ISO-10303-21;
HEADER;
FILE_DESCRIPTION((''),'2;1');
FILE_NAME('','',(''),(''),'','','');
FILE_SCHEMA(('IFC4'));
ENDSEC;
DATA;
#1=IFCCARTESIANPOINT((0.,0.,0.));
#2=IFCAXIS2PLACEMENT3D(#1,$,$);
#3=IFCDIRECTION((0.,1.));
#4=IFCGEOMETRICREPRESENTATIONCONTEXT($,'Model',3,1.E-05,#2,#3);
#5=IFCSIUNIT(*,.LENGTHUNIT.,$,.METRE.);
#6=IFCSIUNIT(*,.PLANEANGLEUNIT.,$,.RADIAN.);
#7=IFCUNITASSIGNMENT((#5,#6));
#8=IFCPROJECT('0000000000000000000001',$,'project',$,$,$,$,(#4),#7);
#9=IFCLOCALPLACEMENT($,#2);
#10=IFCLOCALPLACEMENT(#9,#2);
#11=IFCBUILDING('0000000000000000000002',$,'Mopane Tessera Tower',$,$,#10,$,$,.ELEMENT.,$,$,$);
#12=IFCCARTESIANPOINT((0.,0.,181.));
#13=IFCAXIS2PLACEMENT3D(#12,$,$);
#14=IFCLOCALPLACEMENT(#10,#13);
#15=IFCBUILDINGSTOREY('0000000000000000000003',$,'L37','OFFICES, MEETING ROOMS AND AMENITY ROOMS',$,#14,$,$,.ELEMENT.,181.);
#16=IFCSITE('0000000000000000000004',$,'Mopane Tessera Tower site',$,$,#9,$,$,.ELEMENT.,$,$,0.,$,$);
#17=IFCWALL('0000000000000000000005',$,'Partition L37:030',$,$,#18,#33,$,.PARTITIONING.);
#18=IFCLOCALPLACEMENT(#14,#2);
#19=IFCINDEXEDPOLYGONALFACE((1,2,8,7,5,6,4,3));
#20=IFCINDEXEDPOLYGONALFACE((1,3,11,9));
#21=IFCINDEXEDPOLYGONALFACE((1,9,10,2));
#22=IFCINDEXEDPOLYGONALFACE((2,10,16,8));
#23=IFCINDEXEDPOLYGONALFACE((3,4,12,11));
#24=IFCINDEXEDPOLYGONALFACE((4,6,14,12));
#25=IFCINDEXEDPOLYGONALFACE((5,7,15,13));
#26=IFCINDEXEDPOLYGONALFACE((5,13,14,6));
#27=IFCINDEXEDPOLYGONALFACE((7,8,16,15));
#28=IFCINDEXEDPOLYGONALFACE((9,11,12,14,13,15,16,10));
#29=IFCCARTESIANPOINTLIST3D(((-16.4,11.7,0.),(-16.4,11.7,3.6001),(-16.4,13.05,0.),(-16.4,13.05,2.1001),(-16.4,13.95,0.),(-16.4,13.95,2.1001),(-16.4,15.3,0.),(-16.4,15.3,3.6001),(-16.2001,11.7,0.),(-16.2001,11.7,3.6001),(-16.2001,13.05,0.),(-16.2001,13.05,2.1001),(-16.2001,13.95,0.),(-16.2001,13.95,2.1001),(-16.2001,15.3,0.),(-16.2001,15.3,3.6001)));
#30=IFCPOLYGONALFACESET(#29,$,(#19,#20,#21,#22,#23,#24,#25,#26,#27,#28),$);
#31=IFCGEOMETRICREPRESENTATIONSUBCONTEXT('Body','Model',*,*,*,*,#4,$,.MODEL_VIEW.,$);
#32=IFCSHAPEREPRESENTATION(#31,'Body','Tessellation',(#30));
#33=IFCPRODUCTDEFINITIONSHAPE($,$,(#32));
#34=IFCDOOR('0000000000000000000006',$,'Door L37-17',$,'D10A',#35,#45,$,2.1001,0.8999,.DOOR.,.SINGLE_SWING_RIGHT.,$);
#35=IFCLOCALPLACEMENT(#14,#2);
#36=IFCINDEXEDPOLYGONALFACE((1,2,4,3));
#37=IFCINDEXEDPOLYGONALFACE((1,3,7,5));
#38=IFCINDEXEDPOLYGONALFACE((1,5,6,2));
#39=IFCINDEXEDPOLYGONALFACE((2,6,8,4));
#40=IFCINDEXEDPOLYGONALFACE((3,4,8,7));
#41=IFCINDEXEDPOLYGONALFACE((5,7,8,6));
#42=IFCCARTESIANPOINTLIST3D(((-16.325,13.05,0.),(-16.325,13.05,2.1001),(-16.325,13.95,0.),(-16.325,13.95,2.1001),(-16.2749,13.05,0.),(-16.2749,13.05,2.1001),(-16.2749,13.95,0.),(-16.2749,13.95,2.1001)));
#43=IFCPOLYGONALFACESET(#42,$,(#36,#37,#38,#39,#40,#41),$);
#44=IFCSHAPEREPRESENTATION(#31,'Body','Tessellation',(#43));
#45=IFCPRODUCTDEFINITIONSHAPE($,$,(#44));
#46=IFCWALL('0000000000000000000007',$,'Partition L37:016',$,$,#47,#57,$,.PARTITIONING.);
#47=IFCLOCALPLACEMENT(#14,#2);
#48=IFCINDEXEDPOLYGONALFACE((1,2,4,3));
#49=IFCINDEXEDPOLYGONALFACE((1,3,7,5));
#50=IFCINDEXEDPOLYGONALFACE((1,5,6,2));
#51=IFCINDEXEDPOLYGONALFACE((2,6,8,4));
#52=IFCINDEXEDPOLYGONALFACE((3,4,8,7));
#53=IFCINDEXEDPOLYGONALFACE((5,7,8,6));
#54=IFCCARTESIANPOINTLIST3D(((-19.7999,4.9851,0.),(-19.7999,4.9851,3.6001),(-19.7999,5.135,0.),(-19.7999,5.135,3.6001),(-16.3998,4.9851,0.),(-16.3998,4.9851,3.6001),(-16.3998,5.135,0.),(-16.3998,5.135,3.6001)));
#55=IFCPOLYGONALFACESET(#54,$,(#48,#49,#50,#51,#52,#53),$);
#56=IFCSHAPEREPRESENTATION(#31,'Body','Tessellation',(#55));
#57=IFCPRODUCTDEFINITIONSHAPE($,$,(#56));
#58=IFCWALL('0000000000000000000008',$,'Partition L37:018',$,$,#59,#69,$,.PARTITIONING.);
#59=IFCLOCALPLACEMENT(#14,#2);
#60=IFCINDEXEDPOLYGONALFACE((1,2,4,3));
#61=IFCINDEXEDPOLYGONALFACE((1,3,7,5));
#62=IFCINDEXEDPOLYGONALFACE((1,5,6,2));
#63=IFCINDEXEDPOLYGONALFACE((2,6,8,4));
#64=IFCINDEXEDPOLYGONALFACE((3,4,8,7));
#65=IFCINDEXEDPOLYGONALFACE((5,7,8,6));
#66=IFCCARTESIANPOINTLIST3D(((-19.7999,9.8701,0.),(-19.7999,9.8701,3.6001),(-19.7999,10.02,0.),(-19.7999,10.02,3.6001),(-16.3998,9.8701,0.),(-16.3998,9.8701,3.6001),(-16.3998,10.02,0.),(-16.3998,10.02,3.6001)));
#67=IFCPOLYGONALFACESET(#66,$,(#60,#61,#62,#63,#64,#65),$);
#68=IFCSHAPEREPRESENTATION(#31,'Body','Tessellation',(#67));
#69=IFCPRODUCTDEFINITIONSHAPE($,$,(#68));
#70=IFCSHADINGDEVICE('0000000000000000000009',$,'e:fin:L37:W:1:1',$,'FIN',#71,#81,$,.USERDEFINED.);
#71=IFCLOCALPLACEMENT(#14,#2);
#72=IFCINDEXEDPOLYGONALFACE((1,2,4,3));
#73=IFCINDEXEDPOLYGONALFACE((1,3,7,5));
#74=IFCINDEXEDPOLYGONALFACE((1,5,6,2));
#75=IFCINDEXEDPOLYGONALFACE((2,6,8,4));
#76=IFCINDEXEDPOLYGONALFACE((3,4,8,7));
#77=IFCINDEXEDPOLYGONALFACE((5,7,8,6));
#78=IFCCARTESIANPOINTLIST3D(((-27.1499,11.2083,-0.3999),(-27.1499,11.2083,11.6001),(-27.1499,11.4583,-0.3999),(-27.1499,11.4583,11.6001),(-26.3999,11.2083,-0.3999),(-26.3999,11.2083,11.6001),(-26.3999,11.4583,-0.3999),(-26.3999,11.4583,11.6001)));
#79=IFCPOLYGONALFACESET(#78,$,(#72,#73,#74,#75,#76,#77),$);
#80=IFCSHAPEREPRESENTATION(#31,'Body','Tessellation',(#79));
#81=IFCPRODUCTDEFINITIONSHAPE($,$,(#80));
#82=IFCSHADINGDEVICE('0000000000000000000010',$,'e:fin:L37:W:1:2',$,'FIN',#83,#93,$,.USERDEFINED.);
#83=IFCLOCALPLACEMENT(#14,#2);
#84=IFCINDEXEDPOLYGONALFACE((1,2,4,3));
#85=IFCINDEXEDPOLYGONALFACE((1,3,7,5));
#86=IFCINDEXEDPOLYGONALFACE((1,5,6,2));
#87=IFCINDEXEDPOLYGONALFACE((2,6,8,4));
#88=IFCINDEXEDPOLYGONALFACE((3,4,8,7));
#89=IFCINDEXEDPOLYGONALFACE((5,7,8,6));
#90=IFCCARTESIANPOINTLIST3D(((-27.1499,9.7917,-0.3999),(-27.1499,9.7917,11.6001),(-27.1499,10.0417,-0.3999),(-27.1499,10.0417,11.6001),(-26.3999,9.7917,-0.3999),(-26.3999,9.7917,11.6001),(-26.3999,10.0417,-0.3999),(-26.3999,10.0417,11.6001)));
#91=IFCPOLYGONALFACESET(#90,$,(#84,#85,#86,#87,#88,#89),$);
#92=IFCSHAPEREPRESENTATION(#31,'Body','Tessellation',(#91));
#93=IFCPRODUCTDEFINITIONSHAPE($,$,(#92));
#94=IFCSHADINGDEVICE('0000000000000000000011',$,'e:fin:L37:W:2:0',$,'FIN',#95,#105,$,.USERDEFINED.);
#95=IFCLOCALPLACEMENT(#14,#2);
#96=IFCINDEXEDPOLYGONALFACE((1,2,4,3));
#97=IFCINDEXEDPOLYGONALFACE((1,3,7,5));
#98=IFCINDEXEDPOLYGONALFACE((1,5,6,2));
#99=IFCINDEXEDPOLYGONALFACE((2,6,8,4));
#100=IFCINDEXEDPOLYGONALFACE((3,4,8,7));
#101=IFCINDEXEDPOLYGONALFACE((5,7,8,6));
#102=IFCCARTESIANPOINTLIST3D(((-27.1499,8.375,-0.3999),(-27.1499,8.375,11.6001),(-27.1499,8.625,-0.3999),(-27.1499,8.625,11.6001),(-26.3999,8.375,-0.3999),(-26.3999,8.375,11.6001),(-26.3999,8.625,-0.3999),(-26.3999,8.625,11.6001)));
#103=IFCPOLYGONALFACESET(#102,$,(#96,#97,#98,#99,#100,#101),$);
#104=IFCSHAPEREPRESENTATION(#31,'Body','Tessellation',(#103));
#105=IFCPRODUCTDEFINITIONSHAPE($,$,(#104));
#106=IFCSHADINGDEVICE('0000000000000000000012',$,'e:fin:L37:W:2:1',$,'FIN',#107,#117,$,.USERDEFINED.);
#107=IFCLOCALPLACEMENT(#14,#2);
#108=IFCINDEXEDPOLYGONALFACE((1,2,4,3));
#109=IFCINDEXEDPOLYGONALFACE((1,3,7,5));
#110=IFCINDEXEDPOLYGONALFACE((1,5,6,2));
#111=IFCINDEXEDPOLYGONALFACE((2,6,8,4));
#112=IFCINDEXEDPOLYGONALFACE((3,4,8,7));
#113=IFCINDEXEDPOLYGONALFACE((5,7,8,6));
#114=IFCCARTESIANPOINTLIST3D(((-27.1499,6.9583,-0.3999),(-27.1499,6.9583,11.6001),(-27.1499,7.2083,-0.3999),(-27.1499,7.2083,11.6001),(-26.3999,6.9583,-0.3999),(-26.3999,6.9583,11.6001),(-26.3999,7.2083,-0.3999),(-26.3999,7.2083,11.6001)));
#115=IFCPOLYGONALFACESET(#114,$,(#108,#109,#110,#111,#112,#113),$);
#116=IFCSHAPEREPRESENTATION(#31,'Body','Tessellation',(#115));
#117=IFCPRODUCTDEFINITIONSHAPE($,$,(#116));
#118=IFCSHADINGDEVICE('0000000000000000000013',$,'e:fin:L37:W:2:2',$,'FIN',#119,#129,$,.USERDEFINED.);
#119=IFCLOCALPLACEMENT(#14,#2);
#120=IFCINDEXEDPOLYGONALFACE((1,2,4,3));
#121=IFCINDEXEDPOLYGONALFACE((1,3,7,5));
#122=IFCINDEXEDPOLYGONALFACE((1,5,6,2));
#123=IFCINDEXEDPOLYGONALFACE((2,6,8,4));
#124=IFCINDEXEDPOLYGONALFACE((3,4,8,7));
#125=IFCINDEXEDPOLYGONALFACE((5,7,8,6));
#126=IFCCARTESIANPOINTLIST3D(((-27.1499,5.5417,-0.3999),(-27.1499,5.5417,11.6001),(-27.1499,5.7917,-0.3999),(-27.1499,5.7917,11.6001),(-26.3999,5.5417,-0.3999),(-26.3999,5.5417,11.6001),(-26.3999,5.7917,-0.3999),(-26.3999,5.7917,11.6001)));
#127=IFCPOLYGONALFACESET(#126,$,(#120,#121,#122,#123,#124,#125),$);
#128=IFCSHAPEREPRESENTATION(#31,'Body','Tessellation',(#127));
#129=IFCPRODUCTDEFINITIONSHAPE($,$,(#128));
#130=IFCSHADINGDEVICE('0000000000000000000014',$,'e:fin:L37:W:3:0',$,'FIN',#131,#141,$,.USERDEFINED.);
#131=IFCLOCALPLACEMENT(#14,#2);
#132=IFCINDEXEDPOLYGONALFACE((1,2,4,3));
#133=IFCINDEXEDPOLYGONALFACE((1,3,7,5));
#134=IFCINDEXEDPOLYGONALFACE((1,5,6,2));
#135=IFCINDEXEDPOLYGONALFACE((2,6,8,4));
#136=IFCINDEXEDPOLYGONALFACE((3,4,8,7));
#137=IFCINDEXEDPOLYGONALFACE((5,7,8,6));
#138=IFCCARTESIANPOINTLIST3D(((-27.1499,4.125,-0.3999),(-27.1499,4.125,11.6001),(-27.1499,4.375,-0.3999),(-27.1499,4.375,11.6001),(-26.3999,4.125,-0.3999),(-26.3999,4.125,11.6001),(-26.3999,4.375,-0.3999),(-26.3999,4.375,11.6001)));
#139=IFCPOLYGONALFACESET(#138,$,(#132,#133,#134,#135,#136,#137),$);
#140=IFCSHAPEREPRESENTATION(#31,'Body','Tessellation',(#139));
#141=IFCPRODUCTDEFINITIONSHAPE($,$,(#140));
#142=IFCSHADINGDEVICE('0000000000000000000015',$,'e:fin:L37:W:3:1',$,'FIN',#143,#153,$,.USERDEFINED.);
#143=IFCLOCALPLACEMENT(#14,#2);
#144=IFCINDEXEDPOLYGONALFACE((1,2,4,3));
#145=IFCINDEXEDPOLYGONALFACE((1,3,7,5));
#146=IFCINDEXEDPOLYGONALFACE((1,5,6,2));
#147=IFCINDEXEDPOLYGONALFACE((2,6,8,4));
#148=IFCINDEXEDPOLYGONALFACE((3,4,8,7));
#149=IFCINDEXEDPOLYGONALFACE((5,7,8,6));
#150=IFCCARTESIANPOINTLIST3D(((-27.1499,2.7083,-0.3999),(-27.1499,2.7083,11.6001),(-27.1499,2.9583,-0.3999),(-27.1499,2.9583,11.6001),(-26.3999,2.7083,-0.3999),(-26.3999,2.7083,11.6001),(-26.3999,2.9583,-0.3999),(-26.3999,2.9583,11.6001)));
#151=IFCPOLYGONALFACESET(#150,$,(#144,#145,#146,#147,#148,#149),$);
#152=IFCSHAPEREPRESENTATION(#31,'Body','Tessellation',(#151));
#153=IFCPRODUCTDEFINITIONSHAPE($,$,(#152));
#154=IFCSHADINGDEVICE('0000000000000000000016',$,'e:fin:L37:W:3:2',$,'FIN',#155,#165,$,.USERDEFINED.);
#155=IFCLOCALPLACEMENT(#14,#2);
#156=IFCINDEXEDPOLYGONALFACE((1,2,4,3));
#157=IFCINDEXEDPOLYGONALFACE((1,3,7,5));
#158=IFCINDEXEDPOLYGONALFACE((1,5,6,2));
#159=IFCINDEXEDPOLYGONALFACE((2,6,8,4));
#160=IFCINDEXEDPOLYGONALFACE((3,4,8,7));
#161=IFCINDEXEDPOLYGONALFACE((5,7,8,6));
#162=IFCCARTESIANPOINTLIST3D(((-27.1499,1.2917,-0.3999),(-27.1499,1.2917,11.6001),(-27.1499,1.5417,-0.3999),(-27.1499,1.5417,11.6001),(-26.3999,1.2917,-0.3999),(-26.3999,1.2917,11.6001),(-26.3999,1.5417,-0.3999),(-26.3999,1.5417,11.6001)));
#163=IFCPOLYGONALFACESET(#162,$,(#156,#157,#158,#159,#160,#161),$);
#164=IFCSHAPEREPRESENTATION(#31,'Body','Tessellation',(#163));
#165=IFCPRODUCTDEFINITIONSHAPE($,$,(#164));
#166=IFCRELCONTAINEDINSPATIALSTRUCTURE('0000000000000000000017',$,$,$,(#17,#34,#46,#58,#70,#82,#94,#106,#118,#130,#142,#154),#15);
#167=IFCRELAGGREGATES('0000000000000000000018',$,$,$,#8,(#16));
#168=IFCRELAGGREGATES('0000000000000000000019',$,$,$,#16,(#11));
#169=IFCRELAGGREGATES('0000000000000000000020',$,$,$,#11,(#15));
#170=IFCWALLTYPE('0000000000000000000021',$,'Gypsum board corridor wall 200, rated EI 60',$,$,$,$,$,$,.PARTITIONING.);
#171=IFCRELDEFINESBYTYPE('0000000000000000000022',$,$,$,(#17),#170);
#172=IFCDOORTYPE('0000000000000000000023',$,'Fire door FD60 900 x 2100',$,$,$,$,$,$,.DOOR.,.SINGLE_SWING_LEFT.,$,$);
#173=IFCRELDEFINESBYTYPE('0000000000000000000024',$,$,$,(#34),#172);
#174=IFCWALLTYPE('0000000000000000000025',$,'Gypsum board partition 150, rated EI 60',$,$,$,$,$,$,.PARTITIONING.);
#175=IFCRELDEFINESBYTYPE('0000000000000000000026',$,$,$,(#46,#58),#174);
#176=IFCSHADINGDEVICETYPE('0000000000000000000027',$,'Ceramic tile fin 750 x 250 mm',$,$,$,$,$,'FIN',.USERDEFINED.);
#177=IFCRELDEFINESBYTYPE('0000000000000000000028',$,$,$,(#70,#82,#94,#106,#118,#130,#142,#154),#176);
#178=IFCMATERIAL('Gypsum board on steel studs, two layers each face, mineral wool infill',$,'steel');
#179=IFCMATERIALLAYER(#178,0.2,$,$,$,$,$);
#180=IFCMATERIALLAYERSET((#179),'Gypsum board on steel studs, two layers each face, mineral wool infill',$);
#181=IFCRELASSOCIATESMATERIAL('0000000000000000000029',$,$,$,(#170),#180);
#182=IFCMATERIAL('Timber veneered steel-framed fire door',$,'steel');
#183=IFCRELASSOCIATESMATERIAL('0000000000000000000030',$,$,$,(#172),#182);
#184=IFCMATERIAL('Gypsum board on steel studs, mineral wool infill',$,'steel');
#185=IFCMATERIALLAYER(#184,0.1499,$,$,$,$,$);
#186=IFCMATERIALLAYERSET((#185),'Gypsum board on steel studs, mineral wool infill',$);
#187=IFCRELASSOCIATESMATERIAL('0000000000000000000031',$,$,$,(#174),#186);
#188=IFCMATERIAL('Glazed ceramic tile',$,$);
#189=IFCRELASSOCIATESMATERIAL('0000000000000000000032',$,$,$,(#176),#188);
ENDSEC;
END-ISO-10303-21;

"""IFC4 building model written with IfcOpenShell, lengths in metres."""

from ifc_helpers import new_model, si_unit, direction, frame, frame_2d, origin, origin_2d, place, context, subcontext, project, spatial, rectangle, extrude, material, layer, layer_set, type_object, element, fill, save


model = new_model("IFC4")

# Units and contexts
model_context = context("Model", 3, precision=1e-05, world=origin(), true_north=direction((0.0, 1.0)))
body_context = subcontext(model_context, "Body", "Model", "MODEL_VIEW")
ifc_project = project(units=[si_unit("LENGTHUNIT", "METRE"), si_unit("PLANEANGLEUNIT", "RADIAN")], contexts=[model_context])

# Site, building, storey
site_placement = place(None, origin())
site = spatial("IfcSite", under=ifc_project, at=site_placement, Name="Mopane Tessera Tower site", CompositionType="ELEMENT", RefElevation=0.0)
building_placement = place(site_placement, origin())
building = spatial("IfcBuilding", under=site, at=building_placement, Name="Mopane Tessera Tower", CompositionType="ELEMENT")
storey_placement = place(building_placement, frame((0.0, 0.0, 181.0)))
storey = spatial("IfcBuildingStorey", under=building, at=storey_placement, Name="L37", Description="OFFICES, MEETING ROOMS AND AMENITY ROOMS", CompositionType="ELEMENT", Elevation=181.0)

# Shared definitions
ifc_material_1 = material(Name="Gypsum board on steel studs, two layers each face, mineral wool infill", Category="steel")
ifc_layer_1 = layer(ifc_material_1, 0.2)
ifc_layer_set_1 = layer_set([ifc_layer_1], Name="Gypsum board on steel studs, two layers each face, mineral wool infill")
wall_type_1 = type_object("IfcWallType", Name="Gypsum board corridor wall 200, rated EI 60", PredefinedType="PARTITIONING", material=ifc_layer_set_1)
ifc_material_2 = material(Name="Timber veneered steel-framed fire door", Category="steel")
door_type_1 = type_object("IfcDoorType", Name="Fire door FD60 900 x 2100", OperationType="SINGLE_SWING_LEFT", PredefinedType="DOOR", material=ifc_material_2)

# Wall, opening, door
wall_1_placement = place(storey_placement, frame((-16.3, 11.7, 0.0), z_axis=(0.0, 0.0, 1.0), x_axis=(0.0, 1.0, 0.0)))
wall_1 = element("IfcWall", 1, at=wall_1_placement, inside=storey, type_object=wall_type_1, Name="Partition L37:030", PredefinedType="PARTITIONING", context=body_context, shape_type="SweptSolid", body=[
    extrude(rectangle(XDim=3.6001, YDim=0.2, at=frame_2d((1.8, 0.0))), origin(), (0.0, 0.0, 1.0), 3.6001),
])
opening_1_placement = place(wall_1_placement, frame((1.3501, 0.0, 0.0)))
opening_1 = element("IfcOpeningElement", 2, at=opening_1_placement, cuts=wall_1, PredefinedType="OPENING", context=body_context, shape_type="SweptSolid", body=[
    extrude(rectangle(XDim=0.8999, YDim=2.1001, at=frame_2d((0.45, 1.05))), frame((0.0, 0.1121, 0.0), z_axis=(0.0, -1.0, 0.0), x_axis=(1.0, 0.0, 0.0)), (0.0, 0.0, 1.0), 0.2239),
])
door_1_placement = place(opening_1_placement, origin())
door_1 = element("IfcDoor", 3, at=door_1_placement, inside=storey, type_object=door_type_1, Name="Door L37-17", ObjectType="D10A", OperationType="SINGLE_SWING_RIGHT", OverallHeight=2.1001, OverallWidth=0.8999, PredefinedType="DOOR", context=body_context, shape_type="SweptSolid", body=[
    extrude(rectangle(XDim=0.8999, YDim=2.1001, at=frame_2d((0.45, 1.05))), frame((0.0, 0.0249, 0.0), z_axis=(0.0, -1.0, 0.0), x_axis=(1.0, 0.0, 0.0)), (0.0, 0.0, 1.0), 0.05),
])
fill(opening_1, door_1)

# Walls
ifc_material_3 = material(Name="Gypsum board on steel studs, mineral wool infill", Category="steel")
ifc_layer_2 = layer(ifc_material_3, 0.1499)
ifc_layer_set_2 = layer_set([ifc_layer_2], Name="Gypsum board on steel studs, mineral wool infill")
wall_type_2 = type_object("IfcWallType", Name="Gypsum board partition 150, rated EI 60", PredefinedType="PARTITIONING", material=ifc_layer_set_2)
for number, where, z_axis, x_axis, name in (
    (4, (-19.8, 5.0601, 0.0), (0.0, 0.0, 1.0), (1.0, 0.0, 0.0), "Partition L37:016"),
    (5, (-19.8, 9.9451, 0.0), (0.0, 0.0, 1.0), (1.0, 0.0, 0.0), "Partition L37:018"),
):
    element("IfcWall", number, at=place(storey_placement, frame(where, z_axis=z_axis, x_axis=x_axis)), inside=storey, type_object=wall_type_2, Name=name, PredefinedType="PARTITIONING", context=body_context, shape_type="SweptSolid", body=[
        extrude(rectangle(XDim=3.4001, YDim=0.1499, at=frame_2d((1.7002, 0.0))), origin(), (0.0, 0.0, 1.0), 3.6001),
    ])

# Shading devices
ifc_material_4 = material(Name="Glazed ceramic tile")
shading_device_type = type_object("IfcShadingDeviceType", Name="Ceramic tile fin 750 x 250 mm", ElementType="FIN", PredefinedType="USERDEFINED", material=ifc_material_4)
for number, where, z_axis, x_axis, name in (
    (6, (-26.7749, 11.3333, -0.3999), (0.0, 0.0, 1.0), (0.0, -1.0, 0.0), "e:fin:L37:W:1:1"),
    (7, (-26.7749, 9.9167, -0.3999), (0.0, 0.0, 1.0), (0.0, -1.0, 0.0), "e:fin:L37:W:1:2"),
    (8, (-26.7749, 8.5, -0.3999), (0.0, 0.0, 1.0), (0.0, -1.0, 0.0), "e:fin:L37:W:2:0"),
    (9, (-26.7749, 7.0833, -0.3999), (0.0, 0.0, 1.0), (0.0, -1.0, 0.0), "e:fin:L37:W:2:1"),
    (10, (-26.7749, 5.6667, -0.3999), (0.0, 0.0, 1.0), (0.0, -1.0, 0.0), "e:fin:L37:W:2:2"),
    (11, (-26.7749, 4.25, -0.3999), (0.0, 0.0, 1.0), (0.0, -1.0, 0.0), "e:fin:L37:W:3:0"),
    (12, (-26.7749, 2.8333, -0.3999), (0.0, 0.0, 1.0), (0.0, -1.0, 0.0), "e:fin:L37:W:3:1"),
    (13, (-26.7749, 1.4167, -0.3999), (0.0, 0.0, 1.0), (0.0, -1.0, 0.0), "e:fin:L37:W:3:2"),
):
    element("IfcShadingDevice", number, at=place(storey_placement, frame(where, z_axis=z_axis, x_axis=x_axis)), inside=storey, type_object=shading_device_type, Name=name, ObjectType="FIN", PredefinedType="USERDEFINED", context=body_context, shape_type="SweptSolid", body=[
        extrude(rectangle(XDim=0.25, YDim=0.75, at=origin_2d()), origin(), (0.0, 0.0, 1.0), 12.0),
    ])

save(model, "model.ifc")
